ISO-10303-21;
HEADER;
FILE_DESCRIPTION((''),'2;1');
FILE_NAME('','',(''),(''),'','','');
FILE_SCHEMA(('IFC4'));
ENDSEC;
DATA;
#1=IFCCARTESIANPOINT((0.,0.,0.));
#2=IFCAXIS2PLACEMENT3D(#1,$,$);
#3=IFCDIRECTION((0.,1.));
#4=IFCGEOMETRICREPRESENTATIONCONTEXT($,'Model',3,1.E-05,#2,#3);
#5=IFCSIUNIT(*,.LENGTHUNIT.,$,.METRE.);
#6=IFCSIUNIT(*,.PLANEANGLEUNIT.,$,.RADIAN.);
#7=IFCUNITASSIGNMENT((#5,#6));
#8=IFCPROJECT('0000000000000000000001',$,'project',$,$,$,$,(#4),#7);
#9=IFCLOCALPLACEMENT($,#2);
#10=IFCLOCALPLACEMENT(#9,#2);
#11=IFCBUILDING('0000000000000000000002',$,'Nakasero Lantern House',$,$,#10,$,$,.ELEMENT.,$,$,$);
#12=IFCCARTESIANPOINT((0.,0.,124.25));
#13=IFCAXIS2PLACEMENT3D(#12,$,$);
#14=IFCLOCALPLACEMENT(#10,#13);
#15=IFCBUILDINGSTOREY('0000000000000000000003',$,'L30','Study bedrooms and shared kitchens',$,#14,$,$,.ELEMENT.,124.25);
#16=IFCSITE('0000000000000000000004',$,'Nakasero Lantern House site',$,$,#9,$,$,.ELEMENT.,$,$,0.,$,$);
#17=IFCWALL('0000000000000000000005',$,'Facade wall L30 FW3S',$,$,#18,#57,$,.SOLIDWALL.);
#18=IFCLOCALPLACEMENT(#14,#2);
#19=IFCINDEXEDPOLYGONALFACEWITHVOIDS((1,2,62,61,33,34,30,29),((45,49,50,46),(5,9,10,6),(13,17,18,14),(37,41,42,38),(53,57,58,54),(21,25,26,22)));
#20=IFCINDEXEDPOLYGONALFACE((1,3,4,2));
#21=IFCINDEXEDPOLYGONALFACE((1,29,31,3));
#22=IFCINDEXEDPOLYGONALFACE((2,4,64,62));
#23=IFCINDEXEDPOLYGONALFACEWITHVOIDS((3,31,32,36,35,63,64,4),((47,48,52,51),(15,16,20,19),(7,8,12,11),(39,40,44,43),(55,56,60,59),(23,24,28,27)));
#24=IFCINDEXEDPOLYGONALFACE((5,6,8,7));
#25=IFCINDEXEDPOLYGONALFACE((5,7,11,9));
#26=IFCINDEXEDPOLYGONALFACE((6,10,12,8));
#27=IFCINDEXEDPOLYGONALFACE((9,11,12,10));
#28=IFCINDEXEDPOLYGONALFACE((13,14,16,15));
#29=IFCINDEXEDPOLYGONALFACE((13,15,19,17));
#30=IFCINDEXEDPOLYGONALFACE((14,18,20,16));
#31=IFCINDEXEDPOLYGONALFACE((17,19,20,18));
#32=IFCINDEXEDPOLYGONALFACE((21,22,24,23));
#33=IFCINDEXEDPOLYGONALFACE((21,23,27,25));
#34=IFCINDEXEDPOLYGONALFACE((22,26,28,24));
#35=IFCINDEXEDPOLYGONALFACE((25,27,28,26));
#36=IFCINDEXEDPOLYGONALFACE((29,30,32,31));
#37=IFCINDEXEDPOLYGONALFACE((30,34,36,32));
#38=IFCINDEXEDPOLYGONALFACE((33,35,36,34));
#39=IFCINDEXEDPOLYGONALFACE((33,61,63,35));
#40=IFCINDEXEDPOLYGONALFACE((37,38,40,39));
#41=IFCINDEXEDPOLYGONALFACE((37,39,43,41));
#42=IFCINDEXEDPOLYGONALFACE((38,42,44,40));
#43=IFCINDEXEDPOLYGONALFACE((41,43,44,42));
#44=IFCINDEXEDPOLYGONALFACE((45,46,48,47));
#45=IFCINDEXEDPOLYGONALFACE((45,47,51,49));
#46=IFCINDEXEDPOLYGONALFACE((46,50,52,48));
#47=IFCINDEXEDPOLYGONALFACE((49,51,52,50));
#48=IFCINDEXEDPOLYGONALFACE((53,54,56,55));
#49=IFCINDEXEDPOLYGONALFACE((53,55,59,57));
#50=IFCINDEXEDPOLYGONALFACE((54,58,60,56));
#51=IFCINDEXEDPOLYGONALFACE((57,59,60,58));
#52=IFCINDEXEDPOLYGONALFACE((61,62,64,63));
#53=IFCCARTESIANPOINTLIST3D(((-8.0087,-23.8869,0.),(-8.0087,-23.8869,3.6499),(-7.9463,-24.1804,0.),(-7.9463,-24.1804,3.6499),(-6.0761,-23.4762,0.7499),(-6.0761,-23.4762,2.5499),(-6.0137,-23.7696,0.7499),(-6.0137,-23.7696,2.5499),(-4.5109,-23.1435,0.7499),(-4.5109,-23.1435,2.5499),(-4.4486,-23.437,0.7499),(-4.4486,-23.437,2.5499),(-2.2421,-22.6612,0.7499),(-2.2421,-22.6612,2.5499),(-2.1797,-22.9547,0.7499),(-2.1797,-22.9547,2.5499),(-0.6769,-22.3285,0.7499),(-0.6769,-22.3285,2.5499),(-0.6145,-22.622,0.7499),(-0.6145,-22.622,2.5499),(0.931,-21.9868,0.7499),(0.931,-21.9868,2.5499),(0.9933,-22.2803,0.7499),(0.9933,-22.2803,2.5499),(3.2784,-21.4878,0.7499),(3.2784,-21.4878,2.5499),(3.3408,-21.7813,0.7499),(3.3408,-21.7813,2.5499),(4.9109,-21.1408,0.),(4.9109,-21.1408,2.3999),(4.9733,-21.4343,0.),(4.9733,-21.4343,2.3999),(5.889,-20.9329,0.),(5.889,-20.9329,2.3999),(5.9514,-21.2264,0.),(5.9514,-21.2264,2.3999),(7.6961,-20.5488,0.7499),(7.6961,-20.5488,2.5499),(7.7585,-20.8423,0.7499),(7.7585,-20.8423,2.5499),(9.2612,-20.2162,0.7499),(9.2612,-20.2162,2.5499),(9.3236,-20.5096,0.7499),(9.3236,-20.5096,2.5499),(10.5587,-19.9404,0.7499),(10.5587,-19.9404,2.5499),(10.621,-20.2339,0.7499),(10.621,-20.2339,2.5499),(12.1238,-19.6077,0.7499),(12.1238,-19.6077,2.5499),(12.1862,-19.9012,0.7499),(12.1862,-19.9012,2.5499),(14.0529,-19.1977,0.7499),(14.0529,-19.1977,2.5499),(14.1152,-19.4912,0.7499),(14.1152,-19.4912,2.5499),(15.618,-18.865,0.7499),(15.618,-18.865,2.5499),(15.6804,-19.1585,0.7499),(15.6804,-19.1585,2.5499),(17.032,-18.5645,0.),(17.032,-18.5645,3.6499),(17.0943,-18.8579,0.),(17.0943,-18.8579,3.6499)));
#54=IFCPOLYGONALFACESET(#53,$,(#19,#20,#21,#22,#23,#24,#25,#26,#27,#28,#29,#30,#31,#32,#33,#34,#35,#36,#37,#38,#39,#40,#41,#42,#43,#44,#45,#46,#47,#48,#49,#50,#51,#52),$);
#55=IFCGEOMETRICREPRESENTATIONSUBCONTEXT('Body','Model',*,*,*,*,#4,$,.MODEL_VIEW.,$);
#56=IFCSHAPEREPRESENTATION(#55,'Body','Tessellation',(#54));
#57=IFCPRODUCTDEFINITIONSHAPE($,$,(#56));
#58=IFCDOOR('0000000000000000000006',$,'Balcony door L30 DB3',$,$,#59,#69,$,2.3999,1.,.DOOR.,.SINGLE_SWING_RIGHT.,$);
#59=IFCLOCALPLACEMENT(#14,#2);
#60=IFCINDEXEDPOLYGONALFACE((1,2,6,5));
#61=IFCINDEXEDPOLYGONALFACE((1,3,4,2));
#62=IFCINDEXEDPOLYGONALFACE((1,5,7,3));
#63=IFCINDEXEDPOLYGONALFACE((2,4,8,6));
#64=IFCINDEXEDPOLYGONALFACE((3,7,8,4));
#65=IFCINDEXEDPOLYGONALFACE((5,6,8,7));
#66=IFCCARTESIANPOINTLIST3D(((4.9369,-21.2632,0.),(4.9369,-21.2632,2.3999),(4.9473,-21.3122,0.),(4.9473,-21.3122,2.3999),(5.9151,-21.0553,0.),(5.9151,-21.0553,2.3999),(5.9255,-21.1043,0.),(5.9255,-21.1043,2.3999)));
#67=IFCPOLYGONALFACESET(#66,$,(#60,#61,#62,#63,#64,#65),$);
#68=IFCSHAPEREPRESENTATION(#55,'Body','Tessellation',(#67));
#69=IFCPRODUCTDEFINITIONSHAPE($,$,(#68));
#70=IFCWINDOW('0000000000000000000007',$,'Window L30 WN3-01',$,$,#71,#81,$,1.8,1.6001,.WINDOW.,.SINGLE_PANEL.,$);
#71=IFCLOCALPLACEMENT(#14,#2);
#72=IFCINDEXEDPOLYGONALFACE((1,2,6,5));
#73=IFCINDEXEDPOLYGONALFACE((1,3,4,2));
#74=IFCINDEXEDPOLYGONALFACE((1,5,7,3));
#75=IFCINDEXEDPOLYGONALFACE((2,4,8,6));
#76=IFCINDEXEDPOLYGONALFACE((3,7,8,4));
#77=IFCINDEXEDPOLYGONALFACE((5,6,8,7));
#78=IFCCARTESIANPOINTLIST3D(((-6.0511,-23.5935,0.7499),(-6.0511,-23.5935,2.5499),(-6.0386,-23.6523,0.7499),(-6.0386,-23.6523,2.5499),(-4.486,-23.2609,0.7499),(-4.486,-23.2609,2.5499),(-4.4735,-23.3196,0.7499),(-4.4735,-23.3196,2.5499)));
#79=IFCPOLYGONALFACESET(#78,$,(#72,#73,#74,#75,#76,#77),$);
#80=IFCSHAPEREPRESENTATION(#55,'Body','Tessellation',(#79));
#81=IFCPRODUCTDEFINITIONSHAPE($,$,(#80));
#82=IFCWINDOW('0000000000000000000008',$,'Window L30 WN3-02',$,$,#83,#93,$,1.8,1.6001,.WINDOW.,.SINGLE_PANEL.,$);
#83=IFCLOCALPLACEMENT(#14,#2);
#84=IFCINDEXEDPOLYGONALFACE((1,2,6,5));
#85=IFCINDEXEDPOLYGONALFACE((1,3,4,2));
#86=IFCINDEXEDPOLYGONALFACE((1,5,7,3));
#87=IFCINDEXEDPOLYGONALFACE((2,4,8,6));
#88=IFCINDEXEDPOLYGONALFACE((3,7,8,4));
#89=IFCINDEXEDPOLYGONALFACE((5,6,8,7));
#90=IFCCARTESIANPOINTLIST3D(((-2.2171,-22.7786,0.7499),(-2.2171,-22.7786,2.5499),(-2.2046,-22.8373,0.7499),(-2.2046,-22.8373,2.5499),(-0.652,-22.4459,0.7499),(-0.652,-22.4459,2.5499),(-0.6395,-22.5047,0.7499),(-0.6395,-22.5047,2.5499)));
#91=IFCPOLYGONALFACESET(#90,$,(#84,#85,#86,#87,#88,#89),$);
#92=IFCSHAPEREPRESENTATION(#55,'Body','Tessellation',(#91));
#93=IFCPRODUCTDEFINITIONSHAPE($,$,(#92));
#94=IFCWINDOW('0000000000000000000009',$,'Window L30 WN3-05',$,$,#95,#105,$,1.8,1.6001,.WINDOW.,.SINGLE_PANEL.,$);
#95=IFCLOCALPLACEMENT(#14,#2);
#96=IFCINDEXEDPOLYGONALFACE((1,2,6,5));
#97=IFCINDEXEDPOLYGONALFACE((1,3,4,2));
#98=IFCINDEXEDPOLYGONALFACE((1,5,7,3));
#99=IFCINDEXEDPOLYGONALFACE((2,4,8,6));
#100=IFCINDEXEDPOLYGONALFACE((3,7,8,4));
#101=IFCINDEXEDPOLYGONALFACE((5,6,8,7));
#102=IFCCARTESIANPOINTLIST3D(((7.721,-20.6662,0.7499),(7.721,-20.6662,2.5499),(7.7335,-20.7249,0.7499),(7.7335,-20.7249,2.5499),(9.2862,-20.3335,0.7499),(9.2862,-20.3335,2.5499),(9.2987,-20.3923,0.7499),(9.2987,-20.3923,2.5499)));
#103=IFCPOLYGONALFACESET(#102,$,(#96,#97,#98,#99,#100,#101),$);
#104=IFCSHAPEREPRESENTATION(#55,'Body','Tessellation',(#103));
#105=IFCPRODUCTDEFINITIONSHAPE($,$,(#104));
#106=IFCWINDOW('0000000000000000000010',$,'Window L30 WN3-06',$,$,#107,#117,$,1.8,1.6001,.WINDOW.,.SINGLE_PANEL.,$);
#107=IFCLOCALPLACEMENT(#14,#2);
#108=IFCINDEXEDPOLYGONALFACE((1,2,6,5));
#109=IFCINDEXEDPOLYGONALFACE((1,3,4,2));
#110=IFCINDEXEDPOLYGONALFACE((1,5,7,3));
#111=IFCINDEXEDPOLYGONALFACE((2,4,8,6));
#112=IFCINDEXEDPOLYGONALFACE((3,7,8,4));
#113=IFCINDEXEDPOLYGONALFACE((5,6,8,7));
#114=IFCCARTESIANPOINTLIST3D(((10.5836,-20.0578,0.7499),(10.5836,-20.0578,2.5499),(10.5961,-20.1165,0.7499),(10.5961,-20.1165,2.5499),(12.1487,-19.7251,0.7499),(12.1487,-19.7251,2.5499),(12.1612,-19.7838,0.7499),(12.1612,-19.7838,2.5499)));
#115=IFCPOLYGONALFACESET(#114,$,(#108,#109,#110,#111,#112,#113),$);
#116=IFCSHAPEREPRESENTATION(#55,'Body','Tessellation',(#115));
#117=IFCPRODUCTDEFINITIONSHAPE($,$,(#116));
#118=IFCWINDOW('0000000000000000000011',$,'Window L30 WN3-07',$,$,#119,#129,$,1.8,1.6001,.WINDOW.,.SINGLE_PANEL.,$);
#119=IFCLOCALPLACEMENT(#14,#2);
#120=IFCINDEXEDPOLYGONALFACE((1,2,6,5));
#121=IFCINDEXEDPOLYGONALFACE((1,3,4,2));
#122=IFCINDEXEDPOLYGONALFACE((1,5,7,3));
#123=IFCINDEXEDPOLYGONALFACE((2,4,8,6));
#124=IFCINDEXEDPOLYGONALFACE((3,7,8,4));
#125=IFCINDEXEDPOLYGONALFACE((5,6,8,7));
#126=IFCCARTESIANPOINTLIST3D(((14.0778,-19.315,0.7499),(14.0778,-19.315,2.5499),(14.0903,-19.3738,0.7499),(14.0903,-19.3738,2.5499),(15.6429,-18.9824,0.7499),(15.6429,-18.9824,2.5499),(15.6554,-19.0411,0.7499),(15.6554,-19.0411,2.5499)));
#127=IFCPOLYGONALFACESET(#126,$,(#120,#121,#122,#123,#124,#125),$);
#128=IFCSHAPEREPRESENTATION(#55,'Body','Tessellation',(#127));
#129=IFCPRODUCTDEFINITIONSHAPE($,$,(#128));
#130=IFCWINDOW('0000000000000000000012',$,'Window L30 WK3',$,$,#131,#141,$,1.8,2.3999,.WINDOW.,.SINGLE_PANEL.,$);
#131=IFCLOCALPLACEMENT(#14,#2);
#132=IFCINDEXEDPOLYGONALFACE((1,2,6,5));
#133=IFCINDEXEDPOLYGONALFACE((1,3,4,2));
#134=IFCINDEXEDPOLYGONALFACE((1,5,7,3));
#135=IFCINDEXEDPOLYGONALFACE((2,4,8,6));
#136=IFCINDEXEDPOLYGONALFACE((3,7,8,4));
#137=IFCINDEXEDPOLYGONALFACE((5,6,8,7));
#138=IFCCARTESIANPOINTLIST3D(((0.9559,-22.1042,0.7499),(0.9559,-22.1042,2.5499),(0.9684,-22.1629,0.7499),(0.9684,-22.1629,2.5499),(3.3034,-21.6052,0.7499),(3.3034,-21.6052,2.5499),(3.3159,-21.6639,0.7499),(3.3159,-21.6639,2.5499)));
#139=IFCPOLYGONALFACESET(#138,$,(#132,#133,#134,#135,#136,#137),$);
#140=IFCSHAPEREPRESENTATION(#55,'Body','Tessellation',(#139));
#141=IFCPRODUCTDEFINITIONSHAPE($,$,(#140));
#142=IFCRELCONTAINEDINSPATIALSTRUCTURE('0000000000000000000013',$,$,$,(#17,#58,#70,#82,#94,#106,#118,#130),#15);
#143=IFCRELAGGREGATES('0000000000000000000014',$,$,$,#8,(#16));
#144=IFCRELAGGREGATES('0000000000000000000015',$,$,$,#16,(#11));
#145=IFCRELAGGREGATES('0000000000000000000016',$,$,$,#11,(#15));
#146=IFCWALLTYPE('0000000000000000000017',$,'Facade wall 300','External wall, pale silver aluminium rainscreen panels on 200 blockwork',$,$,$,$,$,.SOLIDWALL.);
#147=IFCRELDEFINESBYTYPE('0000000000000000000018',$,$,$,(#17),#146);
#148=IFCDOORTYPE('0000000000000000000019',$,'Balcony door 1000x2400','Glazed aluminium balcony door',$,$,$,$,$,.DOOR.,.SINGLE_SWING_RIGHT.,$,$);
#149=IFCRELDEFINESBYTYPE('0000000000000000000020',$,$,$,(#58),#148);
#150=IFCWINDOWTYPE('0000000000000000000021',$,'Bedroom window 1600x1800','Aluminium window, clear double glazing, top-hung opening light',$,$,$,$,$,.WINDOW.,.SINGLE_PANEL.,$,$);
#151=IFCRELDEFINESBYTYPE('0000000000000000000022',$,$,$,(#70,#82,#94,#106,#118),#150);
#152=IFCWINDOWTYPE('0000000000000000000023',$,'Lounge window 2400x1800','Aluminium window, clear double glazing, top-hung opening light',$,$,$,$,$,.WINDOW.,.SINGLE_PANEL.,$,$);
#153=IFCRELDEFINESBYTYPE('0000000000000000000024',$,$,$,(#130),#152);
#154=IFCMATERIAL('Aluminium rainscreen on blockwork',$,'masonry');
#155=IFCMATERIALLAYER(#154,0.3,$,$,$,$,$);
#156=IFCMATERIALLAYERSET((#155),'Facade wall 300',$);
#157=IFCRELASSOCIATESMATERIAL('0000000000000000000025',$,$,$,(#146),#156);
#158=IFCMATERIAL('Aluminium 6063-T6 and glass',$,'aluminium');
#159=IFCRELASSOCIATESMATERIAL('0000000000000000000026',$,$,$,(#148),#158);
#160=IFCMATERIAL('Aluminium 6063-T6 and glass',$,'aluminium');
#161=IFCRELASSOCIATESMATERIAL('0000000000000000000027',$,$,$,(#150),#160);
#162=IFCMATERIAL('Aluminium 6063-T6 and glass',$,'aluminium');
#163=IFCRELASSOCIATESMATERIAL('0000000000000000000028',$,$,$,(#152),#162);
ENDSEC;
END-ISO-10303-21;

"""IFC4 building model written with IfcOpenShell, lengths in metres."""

from ifc_helpers import new_model, si_unit, direction, frame, frame_2d, origin, place, context, subcontext, project, spatial, rectangle, extrude, material, layer, layer_set, type_object, element, fill, save


model = new_model("IFC4")

# Units and contexts
model_context = context("Model", 3, precision=1e-05, world=origin(), true_north=direction((0.0, 1.0)))
body_context = subcontext(model_context, "Body", "Model", "MODEL_VIEW")
ifc_project = project(units=[si_unit("LENGTHUNIT", "METRE"), si_unit("PLANEANGLEUNIT", "RADIAN")], contexts=[model_context])

# Site, building, storey
site_placement = place(None, origin())
site = spatial("IfcSite", under=ifc_project, at=site_placement, Name="Nakasero Lantern House site", CompositionType="ELEMENT", RefElevation=0.0)
building_placement = place(site_placement, origin())
building = spatial("IfcBuilding", under=site, at=building_placement, Name="Nakasero Lantern House", CompositionType="ELEMENT")
storey_placement = place(building_placement, frame((0.0, 0.0, 124.25)))
storey = spatial("IfcBuildingStorey", under=building, at=storey_placement, Name="L30", Description="Study bedrooms and shared kitchens", CompositionType="ELEMENT", Elevation=124.25)

# Wall, openings, door, windows
ifc_material_1 = material(Name="Aluminium rainscreen on blockwork", Category="masonry")
ifc_layer_1 = layer(ifc_material_1, 0.3)
ifc_layer_set_1 = layer_set([ifc_layer_1], Name="Facade wall 300")
wall_type_1 = type_object("IfcWallType", Name="Facade wall 300", Description="External wall, pale silver aluminium rainscreen panels on 200 blockwork", PredefinedType="SOLIDWALL", material=ifc_layer_set_1)
wall_1_placement = place(storey_placement, frame((-7.9775, -24.0337, 0.0), z_axis=(0.0, 0.0, 1.0), x_axis=(0.978148, 0.207909, 0.0)))
wall_1 = element("IfcWall", 1, at=wall_1_placement, inside=storey, type_object=wall_type_1, Name="Facade wall L30 FW3S", PredefinedType="SOLIDWALL", context=body_context, shape_type="SweptSolid", body=[
    extrude(rectangle(XDim=25.6001, YDim=0.3, at=frame_2d((12.8, 0.0))), origin(), (0.0, 0.0, 1.0), 3.6499),
])
opening_1_placement = place(wall_1_placement, frame((1.9758, 0.0, 0.75)))
opening_1 = element("IfcOpeningElement", 2, at=opening_1_placement, cuts=wall_1, PredefinedType="OPENING", context=body_context, shape_type="SweptSolid", body=[
    extrude(rectangle(XDim=1.6001, YDim=1.8, at=frame_2d((0.8, 0.8999))), frame((0.0, 0.1699, 0.0), z_axis=(0.0, -1.0, 0.0), x_axis=(1.0, 0.0, 0.0)), (0.0, 0.0, 1.0), 0.3401),
])
opening_2_placement = place(wall_1_placement, frame((5.8955, 0.0, 0.75)))
opening_2 = element("IfcOpeningElement", 3, at=opening_2_placement, cuts=wall_1, PredefinedType="OPENING", context=body_context, shape_type="SweptSolid", body=[
    extrude(rectangle(XDim=1.6001, YDim=1.8, at=frame_2d((0.8, 0.8999))), frame((0.0, 0.1699, 0.0), z_axis=(0.0, -1.0, 0.0), x_axis=(1.0, 0.0, 0.0)), (0.0, 0.0, 1.0), 0.3401),
])
opening_3_placement = place(wall_1_placement, frame((16.0557, 0.0, 0.75)))
opening_3 = element("IfcOpeningElement", 4, at=opening_3_placement, cuts=wall_1, PredefinedType="OPENING", context=body_context, shape_type="SweptSolid", body=[
    extrude(rectangle(XDim=1.6001, YDim=1.8, at=frame_2d((0.8, 0.8999))), frame((0.0, 0.1699, 0.0), z_axis=(0.0, -1.0, 0.0), x_axis=(1.0, 0.0, 0.0)), (0.0, 0.0, 1.0), 0.3401),
])
opening_4_placement = place(wall_1_placement, frame((18.9822, 0.0, 0.75)))
opening_4 = element("IfcOpeningElement", 5, at=opening_4_placement, cuts=wall_1, PredefinedType="OPENING", context=body_context, shape_type="SweptSolid", body=[
    extrude(rectangle(XDim=1.6001, YDim=1.8, at=frame_2d((0.8, 0.8999))), frame((0.0, 0.1699, 0.0), z_axis=(0.0, -1.0, 0.0), x_axis=(1.0, 0.0, 0.0)), (0.0, 0.0, 1.0), 0.3401),
])
opening_5_placement = place(wall_1_placement, frame((22.5544, 0.0, 0.75)))
opening_5 = element("IfcOpeningElement", 6, at=opening_5_placement, cuts=wall_1, PredefinedType="OPENING", context=body_context, shape_type="SweptSolid", body=[
    extrude(rectangle(XDim=1.6001, YDim=1.8, at=frame_2d((0.8, 0.8999))), frame((0.0, 0.1699, 0.0), z_axis=(0.0, -1.0, 0.0), x_axis=(1.0, 0.0, 0.0)), (0.0, 0.0, 1.0), 0.3401),
])
opening_6_placement = place(wall_1_placement, frame((9.1394, 0.0, 0.75)))
opening_6 = element("IfcOpeningElement", 7, at=opening_6_placement, cuts=wall_1, PredefinedType="OPENING", context=body_context, shape_type="SweptSolid", body=[
    extrude(rectangle(XDim=2.3999, YDim=1.8, at=frame_2d((1.2, 0.8999))), frame((0.0, 0.1699, 0.0), z_axis=(0.0, -1.0, 0.0), x_axis=(1.0, 0.0, 0.0)), (0.0, 0.0, 1.0), 0.3401),
])
opening_7_placement = place(wall_1_placement, frame((13.2083, 0.0, 0.0)))
opening_7 = element("IfcOpeningElement", 8, at=opening_7_placement, cuts=wall_1, PredefinedType="OPENING", context=body_context, shape_type="SweptSolid", body=[
    extrude(rectangle(XDim=1.0, YDim=2.3999, at=frame_2d((0.5, 1.2))), frame((0.0, 0.1699, 0.0), z_axis=(0.0, -1.0, 0.0), x_axis=(1.0, 0.0, 0.0)), (0.0, 0.0, 1.0), 0.3401),
])
ifc_material_2 = material(Name="Aluminium 6063-T6 and glass", Category="aluminium")
door_type_1 = type_object("IfcDoorType", Name="Balcony door 1000x2400", Description="Glazed aluminium balcony door", OperationType="SINGLE_SWING_RIGHT", PredefinedType="DOOR", material=ifc_material_2)
door_1_placement = place(opening_7_placement, origin())
door_1 = element("IfcDoor", 9, at=door_1_placement, inside=storey, type_object=door_type_1, Name="Balcony door L30 DB3", OperationType="SINGLE_SWING_RIGHT", OverallHeight=2.3999, OverallWidth=1.0, PredefinedType="DOOR", context=body_context, shape_type="SweptSolid", body=[
    extrude(rectangle(XDim=1.0, YDim=2.3999, at=frame_2d((0.5, 1.2))), frame((0.0, 0.0249, 0.0), z_axis=(0.0, -1.0, 0.0), x_axis=(1.0, 0.0, 0.0)), (0.0, 0.0, 1.0), 0.05),
])
fill(opening_7, door_1)
ifc_material_3 = material(Name="Aluminium 6063-T6 and glass", Category="aluminium")
window_type_1 = type_object("IfcWindowType", Name="Bedroom window 1600x1800", Description="Aluminium window, clear double glazing, top-hung opening light", PartitioningType="SINGLE_PANEL", PredefinedType="WINDOW", material=ifc_material_3)
window_1_placement = place(opening_1_placement, origin())
window_1 = element("IfcWindow", 10, at=window_1_placement, inside=storey, type_object=window_type_1, Name="Window L30 WN3-01", OverallHeight=1.8, OverallWidth=1.6001, PartitioningType="SINGLE_PANEL", PredefinedType="WINDOW", context=body_context, shape_type="SweptSolid", body=[
    extrude(rectangle(XDim=1.6001, YDim=1.8, at=frame_2d((0.8, 0.8999))), frame((0.0, 0.03, 0.0), z_axis=(0.0, -1.0, 0.0), x_axis=(1.0, 0.0, 0.0)), (0.0, 0.0, 1.0), 0.0601),
])
fill(opening_1, window_1)
window_2_placement = place(opening_2_placement, origin())
window_2 = element("IfcWindow", 11, at=window_2_placement, inside=storey, type_object=window_type_1, Name="Window L30 WN3-02", OverallHeight=1.8, OverallWidth=1.6001, PartitioningType="SINGLE_PANEL", PredefinedType="WINDOW", context=body_context, shape_type="SweptSolid", body=[
    extrude(rectangle(XDim=1.6001, YDim=1.8, at=frame_2d((0.8, 0.8999))), frame((0.0, 0.03, 0.0), z_axis=(0.0, -1.0, 0.0), x_axis=(1.0, 0.0, 0.0)), (0.0, 0.0, 1.0), 0.0601),
])
fill(opening_2, window_2)
window_3_placement = place(opening_3_placement, origin())
window_3 = element("IfcWindow", 12, at=window_3_placement, inside=storey, type_object=window_type_1, Name="Window L30 WN3-05", OverallHeight=1.8, OverallWidth=1.6001, PartitioningType="SINGLE_PANEL", PredefinedType="WINDOW", context=body_context, shape_type="SweptSolid", body=[
    extrude(rectangle(XDim=1.6001, YDim=1.8, at=frame_2d((0.8, 0.8999))), frame((0.0, 0.03, 0.0), z_axis=(0.0, -1.0, 0.0), x_axis=(1.0, 0.0, 0.0)), (0.0, 0.0, 1.0), 0.0601),
])
fill(opening_3, window_3)
window_4_placement = place(opening_4_placement, origin())
window_4 = element("IfcWindow", 13, at=window_4_placement, inside=storey, type_object=window_type_1, Name="Window L30 WN3-06", OverallHeight=1.8, OverallWidth=1.6001, PartitioningType="SINGLE_PANEL", PredefinedType="WINDOW", context=body_context, shape_type="SweptSolid", body=[
    extrude(rectangle(XDim=1.6001, YDim=1.8, at=frame_2d((0.8, 0.8999))), frame((0.0, 0.03, 0.0), z_axis=(0.0, -1.0, 0.0), x_axis=(1.0, 0.0, 0.0)), (0.0, 0.0, 1.0), 0.0601),
])
fill(opening_4, window_4)
window_5_placement = place(opening_5_placement, origin())
window_5 = element("IfcWindow", 14, at=window_5_placement, inside=storey, type_object=window_type_1, Name="Window L30 WN3-07", OverallHeight=1.8, OverallWidth=1.6001, PartitioningType="SINGLE_PANEL", PredefinedType="WINDOW", context=body_context, shape_type="SweptSolid", body=[
    extrude(rectangle(XDim=1.6001, YDim=1.8, at=frame_2d((0.8, 0.8999))), frame((0.0, 0.03, 0.0), z_axis=(0.0, -1.0, 0.0), x_axis=(1.0, 0.0, 0.0)), (0.0, 0.0, 1.0), 0.0601),
])
fill(opening_5, window_5)
ifc_material_4 = material(Name="Aluminium 6063-T6 and glass", Category="aluminium")
window_type_2 = type_object("IfcWindowType", Name="Lounge window 2400x1800", Description="Aluminium window, clear double glazing, top-hung opening light", PartitioningType="SINGLE_PANEL", PredefinedType="WINDOW", material=ifc_material_4)
window_6_placement = place(opening_6_placement, origin())
window_6 = element("IfcWindow", 15, at=window_6_placement, inside=storey, type_object=window_type_2, Name="Window L30 WK3", OverallHeight=1.8, OverallWidth=2.3999, PartitioningType="SINGLE_PANEL", PredefinedType="WINDOW", context=body_context, shape_type="SweptSolid", body=[
    extrude(rectangle(XDim=2.3999, YDim=1.8, at=frame_2d((1.2, 0.8999))), frame((0.0, 0.03, 0.0), z_axis=(0.0, -1.0, 0.0), x_axis=(1.0, 0.0, 0.0)), (0.0, 0.0, 1.0), 0.0601),
])
fill(opening_6, window_6)

save(model, "model.ifc")
